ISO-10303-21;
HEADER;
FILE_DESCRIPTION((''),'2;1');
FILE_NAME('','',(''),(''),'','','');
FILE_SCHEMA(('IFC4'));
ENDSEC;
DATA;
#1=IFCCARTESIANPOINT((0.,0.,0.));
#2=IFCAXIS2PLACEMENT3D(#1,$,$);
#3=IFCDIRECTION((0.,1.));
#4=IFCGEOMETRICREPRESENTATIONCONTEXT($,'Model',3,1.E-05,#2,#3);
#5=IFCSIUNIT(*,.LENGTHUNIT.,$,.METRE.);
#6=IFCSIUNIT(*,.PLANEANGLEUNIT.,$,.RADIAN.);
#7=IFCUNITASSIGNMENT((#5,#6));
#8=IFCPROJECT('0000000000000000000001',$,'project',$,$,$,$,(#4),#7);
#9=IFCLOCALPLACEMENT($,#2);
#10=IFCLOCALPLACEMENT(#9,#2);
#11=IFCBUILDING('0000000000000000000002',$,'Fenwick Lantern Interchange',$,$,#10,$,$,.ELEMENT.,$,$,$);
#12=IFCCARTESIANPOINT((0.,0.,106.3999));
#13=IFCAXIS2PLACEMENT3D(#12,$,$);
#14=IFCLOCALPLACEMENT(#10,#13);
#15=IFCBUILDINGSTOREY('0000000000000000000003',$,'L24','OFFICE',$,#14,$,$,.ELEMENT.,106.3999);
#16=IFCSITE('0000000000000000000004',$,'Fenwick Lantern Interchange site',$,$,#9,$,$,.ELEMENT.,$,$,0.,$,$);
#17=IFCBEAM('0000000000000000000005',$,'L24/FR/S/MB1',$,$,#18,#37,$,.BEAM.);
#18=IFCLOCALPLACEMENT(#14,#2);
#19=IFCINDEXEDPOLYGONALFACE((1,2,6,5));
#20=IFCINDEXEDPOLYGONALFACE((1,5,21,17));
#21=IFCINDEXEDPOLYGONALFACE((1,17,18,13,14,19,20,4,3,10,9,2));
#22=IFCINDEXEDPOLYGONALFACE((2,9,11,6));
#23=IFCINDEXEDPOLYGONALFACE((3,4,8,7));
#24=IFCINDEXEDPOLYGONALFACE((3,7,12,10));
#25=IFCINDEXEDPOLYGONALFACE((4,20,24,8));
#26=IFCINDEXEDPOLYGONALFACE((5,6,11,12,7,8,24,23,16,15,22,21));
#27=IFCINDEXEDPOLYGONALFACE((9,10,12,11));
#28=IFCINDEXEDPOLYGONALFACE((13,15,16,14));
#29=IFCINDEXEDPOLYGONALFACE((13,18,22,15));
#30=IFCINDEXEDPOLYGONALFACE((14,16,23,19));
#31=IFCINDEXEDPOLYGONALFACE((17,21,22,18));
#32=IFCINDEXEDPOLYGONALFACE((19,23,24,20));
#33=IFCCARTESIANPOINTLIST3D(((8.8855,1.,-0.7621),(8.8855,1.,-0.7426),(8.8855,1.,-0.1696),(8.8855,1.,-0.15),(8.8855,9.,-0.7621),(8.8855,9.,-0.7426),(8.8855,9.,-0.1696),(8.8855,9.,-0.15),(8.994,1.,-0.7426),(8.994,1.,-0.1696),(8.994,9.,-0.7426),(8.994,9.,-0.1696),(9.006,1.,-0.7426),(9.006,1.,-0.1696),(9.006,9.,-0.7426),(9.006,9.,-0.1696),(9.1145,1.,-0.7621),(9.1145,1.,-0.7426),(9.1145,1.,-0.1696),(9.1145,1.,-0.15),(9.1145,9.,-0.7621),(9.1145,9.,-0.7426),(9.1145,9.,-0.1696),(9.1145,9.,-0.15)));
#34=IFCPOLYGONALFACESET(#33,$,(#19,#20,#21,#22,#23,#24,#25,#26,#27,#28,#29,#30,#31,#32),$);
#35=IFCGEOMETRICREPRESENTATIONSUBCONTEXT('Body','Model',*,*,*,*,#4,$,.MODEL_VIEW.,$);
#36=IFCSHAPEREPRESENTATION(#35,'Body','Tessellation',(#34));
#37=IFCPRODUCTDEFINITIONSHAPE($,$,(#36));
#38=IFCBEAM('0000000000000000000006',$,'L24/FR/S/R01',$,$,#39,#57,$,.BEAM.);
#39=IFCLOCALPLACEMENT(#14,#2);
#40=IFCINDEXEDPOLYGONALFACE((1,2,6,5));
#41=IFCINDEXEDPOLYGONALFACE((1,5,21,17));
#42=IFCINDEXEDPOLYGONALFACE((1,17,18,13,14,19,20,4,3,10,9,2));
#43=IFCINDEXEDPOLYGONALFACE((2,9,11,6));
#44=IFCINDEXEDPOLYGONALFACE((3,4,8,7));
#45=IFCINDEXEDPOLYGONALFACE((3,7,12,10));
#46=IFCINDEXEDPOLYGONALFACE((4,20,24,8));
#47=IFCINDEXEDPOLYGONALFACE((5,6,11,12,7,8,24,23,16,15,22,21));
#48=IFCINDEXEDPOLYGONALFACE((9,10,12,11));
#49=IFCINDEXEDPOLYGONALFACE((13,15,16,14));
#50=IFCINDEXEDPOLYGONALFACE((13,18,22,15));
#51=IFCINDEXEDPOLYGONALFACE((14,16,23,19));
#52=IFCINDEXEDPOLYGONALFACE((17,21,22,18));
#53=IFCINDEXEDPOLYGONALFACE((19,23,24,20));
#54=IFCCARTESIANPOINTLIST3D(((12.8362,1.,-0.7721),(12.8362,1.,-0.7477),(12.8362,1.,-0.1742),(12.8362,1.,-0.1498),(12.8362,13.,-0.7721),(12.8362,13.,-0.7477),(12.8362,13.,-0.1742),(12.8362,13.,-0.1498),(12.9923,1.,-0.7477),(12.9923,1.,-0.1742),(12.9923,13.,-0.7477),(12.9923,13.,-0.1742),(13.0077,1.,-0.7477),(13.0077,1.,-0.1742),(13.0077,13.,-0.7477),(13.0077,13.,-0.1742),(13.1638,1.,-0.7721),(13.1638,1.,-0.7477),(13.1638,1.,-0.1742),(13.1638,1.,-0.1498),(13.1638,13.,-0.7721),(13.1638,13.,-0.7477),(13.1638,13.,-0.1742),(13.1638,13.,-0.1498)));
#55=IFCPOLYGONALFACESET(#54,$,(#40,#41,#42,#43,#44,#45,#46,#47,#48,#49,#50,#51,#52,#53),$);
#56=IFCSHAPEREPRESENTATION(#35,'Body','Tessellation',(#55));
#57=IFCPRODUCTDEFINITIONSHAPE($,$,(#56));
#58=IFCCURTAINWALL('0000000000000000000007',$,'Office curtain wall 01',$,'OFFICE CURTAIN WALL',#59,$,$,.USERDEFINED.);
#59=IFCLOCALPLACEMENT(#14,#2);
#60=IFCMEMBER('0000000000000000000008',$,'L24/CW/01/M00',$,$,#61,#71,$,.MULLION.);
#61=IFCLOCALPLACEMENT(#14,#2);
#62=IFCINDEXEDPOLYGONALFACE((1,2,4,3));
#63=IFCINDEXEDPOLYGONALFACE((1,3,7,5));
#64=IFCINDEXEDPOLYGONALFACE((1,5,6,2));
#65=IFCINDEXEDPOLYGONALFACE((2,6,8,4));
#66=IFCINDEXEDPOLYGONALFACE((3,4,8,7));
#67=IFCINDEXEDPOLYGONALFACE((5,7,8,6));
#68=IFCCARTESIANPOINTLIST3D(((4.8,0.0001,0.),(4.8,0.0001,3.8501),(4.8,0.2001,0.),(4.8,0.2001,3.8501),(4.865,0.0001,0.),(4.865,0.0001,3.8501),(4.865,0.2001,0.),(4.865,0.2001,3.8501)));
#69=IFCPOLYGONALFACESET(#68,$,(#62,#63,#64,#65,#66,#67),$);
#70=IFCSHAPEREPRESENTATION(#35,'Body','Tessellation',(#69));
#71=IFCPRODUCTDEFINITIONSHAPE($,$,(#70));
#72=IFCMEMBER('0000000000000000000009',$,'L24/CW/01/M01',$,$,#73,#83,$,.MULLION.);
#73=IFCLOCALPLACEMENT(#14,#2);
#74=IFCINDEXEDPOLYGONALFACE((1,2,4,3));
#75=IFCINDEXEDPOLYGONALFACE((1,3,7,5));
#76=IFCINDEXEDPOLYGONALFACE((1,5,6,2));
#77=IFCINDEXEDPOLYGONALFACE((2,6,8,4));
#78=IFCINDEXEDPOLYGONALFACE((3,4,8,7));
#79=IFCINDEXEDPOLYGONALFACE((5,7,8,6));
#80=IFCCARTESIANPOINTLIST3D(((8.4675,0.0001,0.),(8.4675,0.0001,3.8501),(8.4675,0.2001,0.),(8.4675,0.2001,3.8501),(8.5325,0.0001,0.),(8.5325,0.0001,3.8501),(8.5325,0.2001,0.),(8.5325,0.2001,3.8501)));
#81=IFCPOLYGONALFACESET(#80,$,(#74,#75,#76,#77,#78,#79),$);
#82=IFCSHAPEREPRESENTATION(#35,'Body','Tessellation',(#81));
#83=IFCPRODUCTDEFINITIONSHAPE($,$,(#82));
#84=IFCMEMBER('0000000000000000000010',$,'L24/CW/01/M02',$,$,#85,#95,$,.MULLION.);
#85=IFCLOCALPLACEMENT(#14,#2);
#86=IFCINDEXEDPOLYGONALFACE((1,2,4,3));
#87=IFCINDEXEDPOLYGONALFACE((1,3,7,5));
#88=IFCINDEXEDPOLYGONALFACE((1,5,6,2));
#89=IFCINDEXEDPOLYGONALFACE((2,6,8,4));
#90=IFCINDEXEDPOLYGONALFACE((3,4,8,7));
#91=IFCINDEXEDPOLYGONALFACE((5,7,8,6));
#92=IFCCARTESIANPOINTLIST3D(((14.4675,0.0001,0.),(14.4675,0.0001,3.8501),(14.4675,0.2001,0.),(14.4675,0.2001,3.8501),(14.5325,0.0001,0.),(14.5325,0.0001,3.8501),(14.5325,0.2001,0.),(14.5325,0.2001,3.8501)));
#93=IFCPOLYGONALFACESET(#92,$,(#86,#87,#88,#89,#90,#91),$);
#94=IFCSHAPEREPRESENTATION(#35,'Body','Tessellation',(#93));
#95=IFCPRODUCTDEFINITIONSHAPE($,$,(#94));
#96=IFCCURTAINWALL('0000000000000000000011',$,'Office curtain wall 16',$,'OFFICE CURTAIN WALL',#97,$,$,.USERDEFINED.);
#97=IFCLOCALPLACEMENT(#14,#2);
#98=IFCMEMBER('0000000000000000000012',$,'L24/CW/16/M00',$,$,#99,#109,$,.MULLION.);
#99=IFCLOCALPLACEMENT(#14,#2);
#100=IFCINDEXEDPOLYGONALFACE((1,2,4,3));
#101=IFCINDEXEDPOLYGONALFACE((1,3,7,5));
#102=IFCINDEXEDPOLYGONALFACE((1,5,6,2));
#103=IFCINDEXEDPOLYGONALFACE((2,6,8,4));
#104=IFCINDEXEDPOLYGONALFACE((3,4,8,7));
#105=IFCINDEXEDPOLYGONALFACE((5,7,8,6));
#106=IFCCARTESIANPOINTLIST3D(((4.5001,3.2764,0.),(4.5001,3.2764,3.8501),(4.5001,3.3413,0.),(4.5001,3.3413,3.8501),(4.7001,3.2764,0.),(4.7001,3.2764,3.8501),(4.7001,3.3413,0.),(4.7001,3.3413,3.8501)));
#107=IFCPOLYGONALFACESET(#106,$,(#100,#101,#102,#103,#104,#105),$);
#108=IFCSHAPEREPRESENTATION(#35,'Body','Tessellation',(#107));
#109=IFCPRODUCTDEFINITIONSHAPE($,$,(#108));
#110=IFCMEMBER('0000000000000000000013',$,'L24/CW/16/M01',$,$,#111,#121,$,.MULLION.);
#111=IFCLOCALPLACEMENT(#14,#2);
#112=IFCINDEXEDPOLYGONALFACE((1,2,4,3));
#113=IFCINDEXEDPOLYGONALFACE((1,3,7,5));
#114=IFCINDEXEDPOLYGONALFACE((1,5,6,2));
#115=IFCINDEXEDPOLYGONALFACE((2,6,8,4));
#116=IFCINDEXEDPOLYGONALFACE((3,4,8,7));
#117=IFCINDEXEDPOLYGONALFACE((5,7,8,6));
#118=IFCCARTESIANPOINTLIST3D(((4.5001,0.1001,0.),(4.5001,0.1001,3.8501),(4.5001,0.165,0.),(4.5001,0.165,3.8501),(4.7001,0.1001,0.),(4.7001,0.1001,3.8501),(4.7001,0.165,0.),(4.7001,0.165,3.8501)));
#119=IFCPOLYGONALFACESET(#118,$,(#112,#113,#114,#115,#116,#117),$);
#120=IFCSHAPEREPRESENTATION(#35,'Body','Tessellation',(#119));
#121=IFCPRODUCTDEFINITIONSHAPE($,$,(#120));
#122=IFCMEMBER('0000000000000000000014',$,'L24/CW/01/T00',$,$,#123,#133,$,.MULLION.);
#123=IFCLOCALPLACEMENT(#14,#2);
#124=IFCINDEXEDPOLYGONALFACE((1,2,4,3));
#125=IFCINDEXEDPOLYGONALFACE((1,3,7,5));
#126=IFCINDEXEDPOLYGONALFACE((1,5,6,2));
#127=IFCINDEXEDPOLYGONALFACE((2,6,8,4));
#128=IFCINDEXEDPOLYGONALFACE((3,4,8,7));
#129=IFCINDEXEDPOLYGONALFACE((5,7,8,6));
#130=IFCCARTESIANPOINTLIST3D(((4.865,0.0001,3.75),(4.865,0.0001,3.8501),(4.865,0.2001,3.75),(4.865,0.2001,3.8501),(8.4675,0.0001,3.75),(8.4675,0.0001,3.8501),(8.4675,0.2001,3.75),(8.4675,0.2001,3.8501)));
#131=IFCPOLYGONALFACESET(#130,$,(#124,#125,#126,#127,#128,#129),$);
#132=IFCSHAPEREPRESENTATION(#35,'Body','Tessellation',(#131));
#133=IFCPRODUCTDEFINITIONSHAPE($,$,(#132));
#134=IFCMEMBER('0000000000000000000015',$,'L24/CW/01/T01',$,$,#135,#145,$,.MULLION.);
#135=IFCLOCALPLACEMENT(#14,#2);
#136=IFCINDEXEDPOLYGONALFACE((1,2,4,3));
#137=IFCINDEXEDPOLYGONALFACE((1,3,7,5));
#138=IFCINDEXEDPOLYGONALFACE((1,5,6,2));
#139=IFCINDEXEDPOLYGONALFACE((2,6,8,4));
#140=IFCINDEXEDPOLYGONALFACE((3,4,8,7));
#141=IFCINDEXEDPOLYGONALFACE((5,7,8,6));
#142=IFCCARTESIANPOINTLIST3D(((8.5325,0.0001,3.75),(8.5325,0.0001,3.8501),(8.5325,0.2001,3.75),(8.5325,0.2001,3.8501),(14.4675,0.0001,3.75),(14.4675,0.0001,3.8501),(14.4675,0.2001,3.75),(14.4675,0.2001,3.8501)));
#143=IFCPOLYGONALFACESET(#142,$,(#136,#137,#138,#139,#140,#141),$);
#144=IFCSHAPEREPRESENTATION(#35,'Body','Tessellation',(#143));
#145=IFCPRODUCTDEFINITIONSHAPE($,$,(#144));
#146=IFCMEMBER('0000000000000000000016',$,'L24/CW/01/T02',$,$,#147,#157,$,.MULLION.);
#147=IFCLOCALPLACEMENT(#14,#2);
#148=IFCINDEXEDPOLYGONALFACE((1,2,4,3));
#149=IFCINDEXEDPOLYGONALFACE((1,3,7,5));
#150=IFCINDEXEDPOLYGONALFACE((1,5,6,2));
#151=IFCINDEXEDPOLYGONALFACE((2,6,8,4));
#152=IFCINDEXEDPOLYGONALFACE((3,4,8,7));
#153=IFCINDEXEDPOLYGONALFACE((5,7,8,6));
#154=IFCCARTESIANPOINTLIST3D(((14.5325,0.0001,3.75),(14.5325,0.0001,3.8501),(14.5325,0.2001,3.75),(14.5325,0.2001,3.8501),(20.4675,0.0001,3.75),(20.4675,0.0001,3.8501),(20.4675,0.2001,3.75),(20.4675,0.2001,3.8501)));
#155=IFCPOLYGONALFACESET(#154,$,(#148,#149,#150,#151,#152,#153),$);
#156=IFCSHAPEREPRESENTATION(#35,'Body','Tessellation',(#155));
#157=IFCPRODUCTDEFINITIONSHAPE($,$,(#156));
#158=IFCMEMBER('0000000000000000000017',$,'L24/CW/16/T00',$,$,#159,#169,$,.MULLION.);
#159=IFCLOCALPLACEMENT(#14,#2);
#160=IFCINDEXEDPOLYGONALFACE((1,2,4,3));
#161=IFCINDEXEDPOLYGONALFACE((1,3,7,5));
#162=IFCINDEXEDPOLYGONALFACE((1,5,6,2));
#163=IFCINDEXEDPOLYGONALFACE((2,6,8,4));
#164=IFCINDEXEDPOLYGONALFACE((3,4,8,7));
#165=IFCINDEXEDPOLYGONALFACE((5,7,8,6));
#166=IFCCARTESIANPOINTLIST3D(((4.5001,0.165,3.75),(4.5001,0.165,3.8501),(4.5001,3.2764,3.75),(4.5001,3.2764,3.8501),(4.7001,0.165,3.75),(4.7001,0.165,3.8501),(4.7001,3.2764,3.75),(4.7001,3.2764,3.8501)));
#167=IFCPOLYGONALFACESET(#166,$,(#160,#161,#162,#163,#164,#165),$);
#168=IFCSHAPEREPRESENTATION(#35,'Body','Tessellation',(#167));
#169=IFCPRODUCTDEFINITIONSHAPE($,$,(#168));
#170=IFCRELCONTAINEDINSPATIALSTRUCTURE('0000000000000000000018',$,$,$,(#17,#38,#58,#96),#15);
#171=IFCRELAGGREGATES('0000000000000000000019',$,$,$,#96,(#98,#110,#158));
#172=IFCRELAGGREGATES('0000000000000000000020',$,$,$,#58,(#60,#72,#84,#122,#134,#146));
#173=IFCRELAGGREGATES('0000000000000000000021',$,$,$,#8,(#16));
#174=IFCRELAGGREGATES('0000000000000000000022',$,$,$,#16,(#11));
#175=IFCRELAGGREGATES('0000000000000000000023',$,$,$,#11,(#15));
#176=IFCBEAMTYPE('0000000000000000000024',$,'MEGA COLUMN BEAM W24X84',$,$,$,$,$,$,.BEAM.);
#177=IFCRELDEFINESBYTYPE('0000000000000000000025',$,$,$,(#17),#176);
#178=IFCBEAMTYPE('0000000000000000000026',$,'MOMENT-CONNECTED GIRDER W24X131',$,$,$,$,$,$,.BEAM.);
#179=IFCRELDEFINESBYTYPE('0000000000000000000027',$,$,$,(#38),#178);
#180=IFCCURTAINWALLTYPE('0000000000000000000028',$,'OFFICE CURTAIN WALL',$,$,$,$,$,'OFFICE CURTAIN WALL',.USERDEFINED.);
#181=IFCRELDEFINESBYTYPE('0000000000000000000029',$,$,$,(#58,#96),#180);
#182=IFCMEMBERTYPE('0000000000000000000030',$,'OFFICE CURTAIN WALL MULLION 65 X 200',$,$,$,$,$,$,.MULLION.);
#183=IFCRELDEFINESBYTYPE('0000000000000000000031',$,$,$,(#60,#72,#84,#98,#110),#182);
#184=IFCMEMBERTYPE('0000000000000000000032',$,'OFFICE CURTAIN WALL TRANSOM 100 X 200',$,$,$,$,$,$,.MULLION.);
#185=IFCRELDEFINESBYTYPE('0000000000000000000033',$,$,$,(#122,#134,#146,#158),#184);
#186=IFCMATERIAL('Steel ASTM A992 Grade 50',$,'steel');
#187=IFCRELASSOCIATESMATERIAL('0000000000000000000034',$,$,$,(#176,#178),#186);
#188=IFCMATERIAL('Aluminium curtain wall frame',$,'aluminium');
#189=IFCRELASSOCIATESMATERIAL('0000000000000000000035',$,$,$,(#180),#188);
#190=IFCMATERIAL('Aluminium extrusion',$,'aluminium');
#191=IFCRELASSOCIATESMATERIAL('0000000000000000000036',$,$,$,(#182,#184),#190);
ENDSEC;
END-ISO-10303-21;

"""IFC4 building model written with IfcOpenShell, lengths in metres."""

from ifc_helpers import new_model, si_unit, direction, frame, origin, origin_2d, place, context, subcontext, project, spatial, rectangle, i_section, extrude, material, material_profile, profile_set, type_object, element, aggregate, save


model = new_model("IFC4")

# Units and contexts
model_context = context("Model", 3, precision=1e-05, world=origin(), true_north=direction((0.0, 1.0)))
body_context = subcontext(model_context, "Body", "Model", "MODEL_VIEW")
ifc_project = project(units=[si_unit("LENGTHUNIT", "METRE"), si_unit("PLANEANGLEUNIT", "RADIAN")], contexts=[model_context])

# Site, building, storey
site_placement = place(None, origin())
site = spatial("IfcSite", under=ifc_project, at=site_placement, Name="Fenwick Lantern Interchange site", CompositionType="ELEMENT", RefElevation=0.0)
building_placement = place(site_placement, origin())
building = spatial("IfcBuilding", under=site, at=building_placement, Name="Fenwick Lantern Interchange", CompositionType="ELEMENT")
storey_placement = place(building_placement, frame((0.0, 0.0, 106.3999)))
storey = spatial("IfcBuildingStorey", under=building, at=storey_placement, Name="L24", Description="OFFICE", CompositionType="ELEMENT", Elevation=106.3999)

# Shared definitions
ifc_material_1 = material(Name="Steel ASTM A992 Grade 50", Category="steel")

# Beams
ifc_material_profile_1 = material_profile(ifc_material_1, i_section(OverallWidth=0.229, OverallDepth=0.6121, WebThickness=0.012, FlangeThickness=0.0195, at=origin_2d()), Name="W24X84")
ifc_profile_set_1 = profile_set([ifc_material_profile_1], Name="Steel ASTM A992 Grade 50")
beam_type_1 = type_object("IfcBeamType", Name="MEGA COLUMN BEAM W24X84", PredefinedType="BEAM", material=ifc_profile_set_1)
beam_1_placement = place(storey_placement, frame((9.0, 9.0, -0.4561), z_axis=(0.0, -1.0, 0.0), x_axis=(1.0, 0.0, 0.0)))
element("IfcBeam", 1, at=beam_1_placement, inside=storey, type_object=beam_type_1, Name="L24/FR/S/MB1", PredefinedType="BEAM", context=body_context, shape_type="SweptSolid", body=[
    extrude(i_section(OverallWidth=0.229, OverallDepth=0.6121, WebThickness=0.012, FlangeThickness=0.0195, at=origin_2d()), origin(), (0.0, 0.0, 1.0), 8.0),
])
ifc_material_profile_2 = material_profile(ifc_material_1, i_section(OverallWidth=0.3276, OverallDepth=0.6223, WebThickness=0.0154, FlangeThickness=0.0244, at=origin_2d()), Name="W24X131")
ifc_profile_set_2 = profile_set([ifc_material_profile_2], Name="Steel ASTM A992 Grade 50")
beam_type_2 = type_object("IfcBeamType", Name="MOMENT-CONNECTED GIRDER W24X131", PredefinedType="BEAM", material=ifc_profile_set_2)
beam_2_placement = place(storey_placement, frame((13.0, 1.0, -0.4609), z_axis=(0.0, 1.0, 0.0), x_axis=(-1.0, 0.0, 0.0)))
element("IfcBeam", 2, at=beam_2_placement, inside=storey, type_object=beam_type_2, Name="L24/FR/S/R01", PredefinedType="BEAM", context=body_context, shape_type="SweptSolid", body=[
    extrude(i_section(OverallWidth=0.3276, OverallDepth=0.6223, WebThickness=0.0154, FlangeThickness=0.0244, at=origin_2d()), origin(), (0.0, 0.0, 1.0), 12.0),
])

# Curtain walls, members
ifc_material_2 = material(Name="Aluminium curtain wall frame", Category="aluminium")
curtain_wall_type = type_object("IfcCurtainWallType", Name="OFFICE CURTAIN WALL", ElementType="OFFICE CURTAIN WALL", PredefinedType="USERDEFINED", material=ifc_material_2)
curtain_wall_1_placement = place(storey_placement, origin())
curtain_wall_1 = element("IfcCurtainWall", 3, at=curtain_wall_1_placement, inside=storey, type_object=curtain_wall_type, Name="Office curtain wall 01", ObjectType="OFFICE CURTAIN WALL", PredefinedType="USERDEFINED")
ifc_material_3 = material(Name="Aluminium extrusion", Category="aluminium")
ifc_material_profile_3 = material_profile(ifc_material_3, rectangle(XDim=0.2, YDim=0.0649, at=origin_2d()), Name="OFFICE CURTAIN WALL MULLION 65 X 200")
ifc_profile_set_3 = profile_set([ifc_material_profile_3], Name="Aluminium extrusion")
member_type_1 = type_object("IfcMemberType", Name="OFFICE CURTAIN WALL MULLION 65 X 200", PredefinedType="MULLION", material=ifc_profile_set_3)
member_1_placement = place(storey_placement, frame((4.8325, 0.1001, 0.0), z_axis=(0.0, 0.0, 1.0), x_axis=(0.0, 1.0, 0.0)))
member_1 = element("IfcMember", 4, at=member_1_placement, type_object=member_type_1, Name="L24/CW/01/M00", PredefinedType="MULLION", context=body_context, shape_type="SweptSolid", body=[
    extrude(rectangle(XDim=0.2, YDim=0.0649, at=origin_2d()), origin(), (0.0, 0.0, 1.0), 3.8501),
])
member_2_placement = place(storey_placement, frame((8.5, 0.1001, 0.0), z_axis=(0.0, 0.0, 1.0), x_axis=(0.0, 1.0, 0.0)))
member_2 = element("IfcMember", 5, at=member_2_placement, type_object=member_type_1, Name="L24/CW/01/M01", PredefinedType="MULLION", context=body_context, shape_type="SweptSolid", body=[
    extrude(rectangle(XDim=0.2, YDim=0.0649, at=origin_2d()), origin(), (0.0, 0.0, 1.0), 3.8501),
])
member_3_placement = place(storey_placement, frame((14.5, 0.1001, 0.0), z_axis=(0.0, 0.0, 1.0), x_axis=(0.0, 1.0, 0.0)))
member_3 = element("IfcMember", 6, at=member_3_placement, type_object=member_type_1, Name="L24/CW/01/M02", PredefinedType="MULLION", context=body_context, shape_type="SweptSolid", body=[
    extrude(rectangle(XDim=0.2, YDim=0.0649, at=origin_2d()), origin(), (0.0, 0.0, 1.0), 3.8501),
])
curtain_wall_2_placement = place(storey_placement, origin())
curtain_wall_2 = element("IfcCurtainWall", 7, at=curtain_wall_2_placement, inside=storey, type_object=curtain_wall_type, Name="Office curtain wall 16", ObjectType="OFFICE CURTAIN WALL", PredefinedType="USERDEFINED")
member_4_placement = place(storey_placement, frame((4.6001, 3.3088, 0.0), z_axis=(0.0, 0.0, 1.0), x_axis=(1.0, 0.0, 0.0)))
member_4 = element("IfcMember", 8, at=member_4_placement, type_object=member_type_1, Name="L24/CW/16/M00", PredefinedType="MULLION", context=body_context, shape_type="SweptSolid", body=[
    extrude(rectangle(XDim=0.2, YDim=0.0649, at=origin_2d()), origin(), (0.0, 0.0, 1.0), 3.8501),
])
member_5_placement = place(storey_placement, frame((4.6001, 0.1326, 0.0), z_axis=(0.0, 0.0, 1.0), x_axis=(1.0, 0.0, 0.0)))
member_5 = element("IfcMember", 9, at=member_5_placement, type_object=member_type_1, Name="L24/CW/16/M01", PredefinedType="MULLION", context=body_context, shape_type="SweptSolid", body=[
    extrude(rectangle(XDim=0.2, YDim=0.0649, at=origin_2d()), origin(), (0.0, 0.0, 1.0), 3.8501),
])

# Members
ifc_material_profile_4 = material_profile(ifc_material_3, rectangle(XDim=0.2, YDim=0.1001, at=origin_2d()), Name="OFFICE CURTAIN WALL TRANSOM 100 X 200")
ifc_profile_set_4 = profile_set([ifc_material_profile_4], Name="Aluminium extrusion")
member_type_2 = type_object("IfcMemberType", Name="OFFICE CURTAIN WALL TRANSOM 100 X 200", PredefinedType="MULLION", material=ifc_profile_set_4)
member_6_placement = place(storey_placement, frame((4.865, 0.1001, 3.8), z_axis=(1.0, 0.0, 0.0), x_axis=(0.0, 1.0, 0.0)))
member_6 = element("IfcMember", 10, at=member_6_placement, type_object=member_type_2, Name="L24/CW/01/T00", PredefinedType="MULLION", context=body_context, shape_type="SweptSolid", body=[
    extrude(rectangle(XDim=0.2, YDim=0.1001, at=origin_2d()), origin(), (0.0, 0.0, 1.0), 3.6025),
])
member_7_placement = place(storey_placement, frame((8.5325, 0.1001, 3.8), z_axis=(1.0, 0.0, 0.0), x_axis=(0.0, 1.0, 0.0)))
member_7 = element("IfcMember", 11, at=member_7_placement, type_object=member_type_2, Name="L24/CW/01/T01", PredefinedType="MULLION", context=body_context, shape_type="SweptSolid", body=[
    extrude(rectangle(XDim=0.2, YDim=0.1001, at=origin_2d()), origin(), (0.0, 0.0, 1.0), 5.9351),
])
member_8_placement = place(storey_placement, frame((14.5325, 0.1001, 3.8), z_axis=(1.0, 0.0, 0.0), x_axis=(0.0, 1.0, 0.0)))
member_8 = element("IfcMember", 12, at=member_8_placement, type_object=member_type_2, Name="L24/CW/01/T02", PredefinedType="MULLION", context=body_context, shape_type="SweptSolid", body=[
    extrude(rectangle(XDim=0.2, YDim=0.1001, at=origin_2d()), origin(), (0.0, 0.0, 1.0), 5.9351),
])
member_9_placement = place(storey_placement, frame((4.6001, 3.2764, 3.8), z_axis=(0.0, -1.0, 0.0), x_axis=(1.0, 0.0, 0.0)))
member_9 = element("IfcMember", 13, at=member_9_placement, type_object=member_type_2, Name="L24/CW/16/T00", PredefinedType="MULLION", context=body_context, shape_type="SweptSolid", body=[
    extrude(rectangle(XDim=0.2, YDim=0.1001, at=origin_2d()), origin(), (0.0, 0.0, 1.0), 3.1113),
])
aggregate(curtain_wall_2, [member_4, member_5, member_9])

aggregate(curtain_wall_1, [member_1, member_2, member_3, member_6, member_7, member_8])

save(model, "model.ifc")
